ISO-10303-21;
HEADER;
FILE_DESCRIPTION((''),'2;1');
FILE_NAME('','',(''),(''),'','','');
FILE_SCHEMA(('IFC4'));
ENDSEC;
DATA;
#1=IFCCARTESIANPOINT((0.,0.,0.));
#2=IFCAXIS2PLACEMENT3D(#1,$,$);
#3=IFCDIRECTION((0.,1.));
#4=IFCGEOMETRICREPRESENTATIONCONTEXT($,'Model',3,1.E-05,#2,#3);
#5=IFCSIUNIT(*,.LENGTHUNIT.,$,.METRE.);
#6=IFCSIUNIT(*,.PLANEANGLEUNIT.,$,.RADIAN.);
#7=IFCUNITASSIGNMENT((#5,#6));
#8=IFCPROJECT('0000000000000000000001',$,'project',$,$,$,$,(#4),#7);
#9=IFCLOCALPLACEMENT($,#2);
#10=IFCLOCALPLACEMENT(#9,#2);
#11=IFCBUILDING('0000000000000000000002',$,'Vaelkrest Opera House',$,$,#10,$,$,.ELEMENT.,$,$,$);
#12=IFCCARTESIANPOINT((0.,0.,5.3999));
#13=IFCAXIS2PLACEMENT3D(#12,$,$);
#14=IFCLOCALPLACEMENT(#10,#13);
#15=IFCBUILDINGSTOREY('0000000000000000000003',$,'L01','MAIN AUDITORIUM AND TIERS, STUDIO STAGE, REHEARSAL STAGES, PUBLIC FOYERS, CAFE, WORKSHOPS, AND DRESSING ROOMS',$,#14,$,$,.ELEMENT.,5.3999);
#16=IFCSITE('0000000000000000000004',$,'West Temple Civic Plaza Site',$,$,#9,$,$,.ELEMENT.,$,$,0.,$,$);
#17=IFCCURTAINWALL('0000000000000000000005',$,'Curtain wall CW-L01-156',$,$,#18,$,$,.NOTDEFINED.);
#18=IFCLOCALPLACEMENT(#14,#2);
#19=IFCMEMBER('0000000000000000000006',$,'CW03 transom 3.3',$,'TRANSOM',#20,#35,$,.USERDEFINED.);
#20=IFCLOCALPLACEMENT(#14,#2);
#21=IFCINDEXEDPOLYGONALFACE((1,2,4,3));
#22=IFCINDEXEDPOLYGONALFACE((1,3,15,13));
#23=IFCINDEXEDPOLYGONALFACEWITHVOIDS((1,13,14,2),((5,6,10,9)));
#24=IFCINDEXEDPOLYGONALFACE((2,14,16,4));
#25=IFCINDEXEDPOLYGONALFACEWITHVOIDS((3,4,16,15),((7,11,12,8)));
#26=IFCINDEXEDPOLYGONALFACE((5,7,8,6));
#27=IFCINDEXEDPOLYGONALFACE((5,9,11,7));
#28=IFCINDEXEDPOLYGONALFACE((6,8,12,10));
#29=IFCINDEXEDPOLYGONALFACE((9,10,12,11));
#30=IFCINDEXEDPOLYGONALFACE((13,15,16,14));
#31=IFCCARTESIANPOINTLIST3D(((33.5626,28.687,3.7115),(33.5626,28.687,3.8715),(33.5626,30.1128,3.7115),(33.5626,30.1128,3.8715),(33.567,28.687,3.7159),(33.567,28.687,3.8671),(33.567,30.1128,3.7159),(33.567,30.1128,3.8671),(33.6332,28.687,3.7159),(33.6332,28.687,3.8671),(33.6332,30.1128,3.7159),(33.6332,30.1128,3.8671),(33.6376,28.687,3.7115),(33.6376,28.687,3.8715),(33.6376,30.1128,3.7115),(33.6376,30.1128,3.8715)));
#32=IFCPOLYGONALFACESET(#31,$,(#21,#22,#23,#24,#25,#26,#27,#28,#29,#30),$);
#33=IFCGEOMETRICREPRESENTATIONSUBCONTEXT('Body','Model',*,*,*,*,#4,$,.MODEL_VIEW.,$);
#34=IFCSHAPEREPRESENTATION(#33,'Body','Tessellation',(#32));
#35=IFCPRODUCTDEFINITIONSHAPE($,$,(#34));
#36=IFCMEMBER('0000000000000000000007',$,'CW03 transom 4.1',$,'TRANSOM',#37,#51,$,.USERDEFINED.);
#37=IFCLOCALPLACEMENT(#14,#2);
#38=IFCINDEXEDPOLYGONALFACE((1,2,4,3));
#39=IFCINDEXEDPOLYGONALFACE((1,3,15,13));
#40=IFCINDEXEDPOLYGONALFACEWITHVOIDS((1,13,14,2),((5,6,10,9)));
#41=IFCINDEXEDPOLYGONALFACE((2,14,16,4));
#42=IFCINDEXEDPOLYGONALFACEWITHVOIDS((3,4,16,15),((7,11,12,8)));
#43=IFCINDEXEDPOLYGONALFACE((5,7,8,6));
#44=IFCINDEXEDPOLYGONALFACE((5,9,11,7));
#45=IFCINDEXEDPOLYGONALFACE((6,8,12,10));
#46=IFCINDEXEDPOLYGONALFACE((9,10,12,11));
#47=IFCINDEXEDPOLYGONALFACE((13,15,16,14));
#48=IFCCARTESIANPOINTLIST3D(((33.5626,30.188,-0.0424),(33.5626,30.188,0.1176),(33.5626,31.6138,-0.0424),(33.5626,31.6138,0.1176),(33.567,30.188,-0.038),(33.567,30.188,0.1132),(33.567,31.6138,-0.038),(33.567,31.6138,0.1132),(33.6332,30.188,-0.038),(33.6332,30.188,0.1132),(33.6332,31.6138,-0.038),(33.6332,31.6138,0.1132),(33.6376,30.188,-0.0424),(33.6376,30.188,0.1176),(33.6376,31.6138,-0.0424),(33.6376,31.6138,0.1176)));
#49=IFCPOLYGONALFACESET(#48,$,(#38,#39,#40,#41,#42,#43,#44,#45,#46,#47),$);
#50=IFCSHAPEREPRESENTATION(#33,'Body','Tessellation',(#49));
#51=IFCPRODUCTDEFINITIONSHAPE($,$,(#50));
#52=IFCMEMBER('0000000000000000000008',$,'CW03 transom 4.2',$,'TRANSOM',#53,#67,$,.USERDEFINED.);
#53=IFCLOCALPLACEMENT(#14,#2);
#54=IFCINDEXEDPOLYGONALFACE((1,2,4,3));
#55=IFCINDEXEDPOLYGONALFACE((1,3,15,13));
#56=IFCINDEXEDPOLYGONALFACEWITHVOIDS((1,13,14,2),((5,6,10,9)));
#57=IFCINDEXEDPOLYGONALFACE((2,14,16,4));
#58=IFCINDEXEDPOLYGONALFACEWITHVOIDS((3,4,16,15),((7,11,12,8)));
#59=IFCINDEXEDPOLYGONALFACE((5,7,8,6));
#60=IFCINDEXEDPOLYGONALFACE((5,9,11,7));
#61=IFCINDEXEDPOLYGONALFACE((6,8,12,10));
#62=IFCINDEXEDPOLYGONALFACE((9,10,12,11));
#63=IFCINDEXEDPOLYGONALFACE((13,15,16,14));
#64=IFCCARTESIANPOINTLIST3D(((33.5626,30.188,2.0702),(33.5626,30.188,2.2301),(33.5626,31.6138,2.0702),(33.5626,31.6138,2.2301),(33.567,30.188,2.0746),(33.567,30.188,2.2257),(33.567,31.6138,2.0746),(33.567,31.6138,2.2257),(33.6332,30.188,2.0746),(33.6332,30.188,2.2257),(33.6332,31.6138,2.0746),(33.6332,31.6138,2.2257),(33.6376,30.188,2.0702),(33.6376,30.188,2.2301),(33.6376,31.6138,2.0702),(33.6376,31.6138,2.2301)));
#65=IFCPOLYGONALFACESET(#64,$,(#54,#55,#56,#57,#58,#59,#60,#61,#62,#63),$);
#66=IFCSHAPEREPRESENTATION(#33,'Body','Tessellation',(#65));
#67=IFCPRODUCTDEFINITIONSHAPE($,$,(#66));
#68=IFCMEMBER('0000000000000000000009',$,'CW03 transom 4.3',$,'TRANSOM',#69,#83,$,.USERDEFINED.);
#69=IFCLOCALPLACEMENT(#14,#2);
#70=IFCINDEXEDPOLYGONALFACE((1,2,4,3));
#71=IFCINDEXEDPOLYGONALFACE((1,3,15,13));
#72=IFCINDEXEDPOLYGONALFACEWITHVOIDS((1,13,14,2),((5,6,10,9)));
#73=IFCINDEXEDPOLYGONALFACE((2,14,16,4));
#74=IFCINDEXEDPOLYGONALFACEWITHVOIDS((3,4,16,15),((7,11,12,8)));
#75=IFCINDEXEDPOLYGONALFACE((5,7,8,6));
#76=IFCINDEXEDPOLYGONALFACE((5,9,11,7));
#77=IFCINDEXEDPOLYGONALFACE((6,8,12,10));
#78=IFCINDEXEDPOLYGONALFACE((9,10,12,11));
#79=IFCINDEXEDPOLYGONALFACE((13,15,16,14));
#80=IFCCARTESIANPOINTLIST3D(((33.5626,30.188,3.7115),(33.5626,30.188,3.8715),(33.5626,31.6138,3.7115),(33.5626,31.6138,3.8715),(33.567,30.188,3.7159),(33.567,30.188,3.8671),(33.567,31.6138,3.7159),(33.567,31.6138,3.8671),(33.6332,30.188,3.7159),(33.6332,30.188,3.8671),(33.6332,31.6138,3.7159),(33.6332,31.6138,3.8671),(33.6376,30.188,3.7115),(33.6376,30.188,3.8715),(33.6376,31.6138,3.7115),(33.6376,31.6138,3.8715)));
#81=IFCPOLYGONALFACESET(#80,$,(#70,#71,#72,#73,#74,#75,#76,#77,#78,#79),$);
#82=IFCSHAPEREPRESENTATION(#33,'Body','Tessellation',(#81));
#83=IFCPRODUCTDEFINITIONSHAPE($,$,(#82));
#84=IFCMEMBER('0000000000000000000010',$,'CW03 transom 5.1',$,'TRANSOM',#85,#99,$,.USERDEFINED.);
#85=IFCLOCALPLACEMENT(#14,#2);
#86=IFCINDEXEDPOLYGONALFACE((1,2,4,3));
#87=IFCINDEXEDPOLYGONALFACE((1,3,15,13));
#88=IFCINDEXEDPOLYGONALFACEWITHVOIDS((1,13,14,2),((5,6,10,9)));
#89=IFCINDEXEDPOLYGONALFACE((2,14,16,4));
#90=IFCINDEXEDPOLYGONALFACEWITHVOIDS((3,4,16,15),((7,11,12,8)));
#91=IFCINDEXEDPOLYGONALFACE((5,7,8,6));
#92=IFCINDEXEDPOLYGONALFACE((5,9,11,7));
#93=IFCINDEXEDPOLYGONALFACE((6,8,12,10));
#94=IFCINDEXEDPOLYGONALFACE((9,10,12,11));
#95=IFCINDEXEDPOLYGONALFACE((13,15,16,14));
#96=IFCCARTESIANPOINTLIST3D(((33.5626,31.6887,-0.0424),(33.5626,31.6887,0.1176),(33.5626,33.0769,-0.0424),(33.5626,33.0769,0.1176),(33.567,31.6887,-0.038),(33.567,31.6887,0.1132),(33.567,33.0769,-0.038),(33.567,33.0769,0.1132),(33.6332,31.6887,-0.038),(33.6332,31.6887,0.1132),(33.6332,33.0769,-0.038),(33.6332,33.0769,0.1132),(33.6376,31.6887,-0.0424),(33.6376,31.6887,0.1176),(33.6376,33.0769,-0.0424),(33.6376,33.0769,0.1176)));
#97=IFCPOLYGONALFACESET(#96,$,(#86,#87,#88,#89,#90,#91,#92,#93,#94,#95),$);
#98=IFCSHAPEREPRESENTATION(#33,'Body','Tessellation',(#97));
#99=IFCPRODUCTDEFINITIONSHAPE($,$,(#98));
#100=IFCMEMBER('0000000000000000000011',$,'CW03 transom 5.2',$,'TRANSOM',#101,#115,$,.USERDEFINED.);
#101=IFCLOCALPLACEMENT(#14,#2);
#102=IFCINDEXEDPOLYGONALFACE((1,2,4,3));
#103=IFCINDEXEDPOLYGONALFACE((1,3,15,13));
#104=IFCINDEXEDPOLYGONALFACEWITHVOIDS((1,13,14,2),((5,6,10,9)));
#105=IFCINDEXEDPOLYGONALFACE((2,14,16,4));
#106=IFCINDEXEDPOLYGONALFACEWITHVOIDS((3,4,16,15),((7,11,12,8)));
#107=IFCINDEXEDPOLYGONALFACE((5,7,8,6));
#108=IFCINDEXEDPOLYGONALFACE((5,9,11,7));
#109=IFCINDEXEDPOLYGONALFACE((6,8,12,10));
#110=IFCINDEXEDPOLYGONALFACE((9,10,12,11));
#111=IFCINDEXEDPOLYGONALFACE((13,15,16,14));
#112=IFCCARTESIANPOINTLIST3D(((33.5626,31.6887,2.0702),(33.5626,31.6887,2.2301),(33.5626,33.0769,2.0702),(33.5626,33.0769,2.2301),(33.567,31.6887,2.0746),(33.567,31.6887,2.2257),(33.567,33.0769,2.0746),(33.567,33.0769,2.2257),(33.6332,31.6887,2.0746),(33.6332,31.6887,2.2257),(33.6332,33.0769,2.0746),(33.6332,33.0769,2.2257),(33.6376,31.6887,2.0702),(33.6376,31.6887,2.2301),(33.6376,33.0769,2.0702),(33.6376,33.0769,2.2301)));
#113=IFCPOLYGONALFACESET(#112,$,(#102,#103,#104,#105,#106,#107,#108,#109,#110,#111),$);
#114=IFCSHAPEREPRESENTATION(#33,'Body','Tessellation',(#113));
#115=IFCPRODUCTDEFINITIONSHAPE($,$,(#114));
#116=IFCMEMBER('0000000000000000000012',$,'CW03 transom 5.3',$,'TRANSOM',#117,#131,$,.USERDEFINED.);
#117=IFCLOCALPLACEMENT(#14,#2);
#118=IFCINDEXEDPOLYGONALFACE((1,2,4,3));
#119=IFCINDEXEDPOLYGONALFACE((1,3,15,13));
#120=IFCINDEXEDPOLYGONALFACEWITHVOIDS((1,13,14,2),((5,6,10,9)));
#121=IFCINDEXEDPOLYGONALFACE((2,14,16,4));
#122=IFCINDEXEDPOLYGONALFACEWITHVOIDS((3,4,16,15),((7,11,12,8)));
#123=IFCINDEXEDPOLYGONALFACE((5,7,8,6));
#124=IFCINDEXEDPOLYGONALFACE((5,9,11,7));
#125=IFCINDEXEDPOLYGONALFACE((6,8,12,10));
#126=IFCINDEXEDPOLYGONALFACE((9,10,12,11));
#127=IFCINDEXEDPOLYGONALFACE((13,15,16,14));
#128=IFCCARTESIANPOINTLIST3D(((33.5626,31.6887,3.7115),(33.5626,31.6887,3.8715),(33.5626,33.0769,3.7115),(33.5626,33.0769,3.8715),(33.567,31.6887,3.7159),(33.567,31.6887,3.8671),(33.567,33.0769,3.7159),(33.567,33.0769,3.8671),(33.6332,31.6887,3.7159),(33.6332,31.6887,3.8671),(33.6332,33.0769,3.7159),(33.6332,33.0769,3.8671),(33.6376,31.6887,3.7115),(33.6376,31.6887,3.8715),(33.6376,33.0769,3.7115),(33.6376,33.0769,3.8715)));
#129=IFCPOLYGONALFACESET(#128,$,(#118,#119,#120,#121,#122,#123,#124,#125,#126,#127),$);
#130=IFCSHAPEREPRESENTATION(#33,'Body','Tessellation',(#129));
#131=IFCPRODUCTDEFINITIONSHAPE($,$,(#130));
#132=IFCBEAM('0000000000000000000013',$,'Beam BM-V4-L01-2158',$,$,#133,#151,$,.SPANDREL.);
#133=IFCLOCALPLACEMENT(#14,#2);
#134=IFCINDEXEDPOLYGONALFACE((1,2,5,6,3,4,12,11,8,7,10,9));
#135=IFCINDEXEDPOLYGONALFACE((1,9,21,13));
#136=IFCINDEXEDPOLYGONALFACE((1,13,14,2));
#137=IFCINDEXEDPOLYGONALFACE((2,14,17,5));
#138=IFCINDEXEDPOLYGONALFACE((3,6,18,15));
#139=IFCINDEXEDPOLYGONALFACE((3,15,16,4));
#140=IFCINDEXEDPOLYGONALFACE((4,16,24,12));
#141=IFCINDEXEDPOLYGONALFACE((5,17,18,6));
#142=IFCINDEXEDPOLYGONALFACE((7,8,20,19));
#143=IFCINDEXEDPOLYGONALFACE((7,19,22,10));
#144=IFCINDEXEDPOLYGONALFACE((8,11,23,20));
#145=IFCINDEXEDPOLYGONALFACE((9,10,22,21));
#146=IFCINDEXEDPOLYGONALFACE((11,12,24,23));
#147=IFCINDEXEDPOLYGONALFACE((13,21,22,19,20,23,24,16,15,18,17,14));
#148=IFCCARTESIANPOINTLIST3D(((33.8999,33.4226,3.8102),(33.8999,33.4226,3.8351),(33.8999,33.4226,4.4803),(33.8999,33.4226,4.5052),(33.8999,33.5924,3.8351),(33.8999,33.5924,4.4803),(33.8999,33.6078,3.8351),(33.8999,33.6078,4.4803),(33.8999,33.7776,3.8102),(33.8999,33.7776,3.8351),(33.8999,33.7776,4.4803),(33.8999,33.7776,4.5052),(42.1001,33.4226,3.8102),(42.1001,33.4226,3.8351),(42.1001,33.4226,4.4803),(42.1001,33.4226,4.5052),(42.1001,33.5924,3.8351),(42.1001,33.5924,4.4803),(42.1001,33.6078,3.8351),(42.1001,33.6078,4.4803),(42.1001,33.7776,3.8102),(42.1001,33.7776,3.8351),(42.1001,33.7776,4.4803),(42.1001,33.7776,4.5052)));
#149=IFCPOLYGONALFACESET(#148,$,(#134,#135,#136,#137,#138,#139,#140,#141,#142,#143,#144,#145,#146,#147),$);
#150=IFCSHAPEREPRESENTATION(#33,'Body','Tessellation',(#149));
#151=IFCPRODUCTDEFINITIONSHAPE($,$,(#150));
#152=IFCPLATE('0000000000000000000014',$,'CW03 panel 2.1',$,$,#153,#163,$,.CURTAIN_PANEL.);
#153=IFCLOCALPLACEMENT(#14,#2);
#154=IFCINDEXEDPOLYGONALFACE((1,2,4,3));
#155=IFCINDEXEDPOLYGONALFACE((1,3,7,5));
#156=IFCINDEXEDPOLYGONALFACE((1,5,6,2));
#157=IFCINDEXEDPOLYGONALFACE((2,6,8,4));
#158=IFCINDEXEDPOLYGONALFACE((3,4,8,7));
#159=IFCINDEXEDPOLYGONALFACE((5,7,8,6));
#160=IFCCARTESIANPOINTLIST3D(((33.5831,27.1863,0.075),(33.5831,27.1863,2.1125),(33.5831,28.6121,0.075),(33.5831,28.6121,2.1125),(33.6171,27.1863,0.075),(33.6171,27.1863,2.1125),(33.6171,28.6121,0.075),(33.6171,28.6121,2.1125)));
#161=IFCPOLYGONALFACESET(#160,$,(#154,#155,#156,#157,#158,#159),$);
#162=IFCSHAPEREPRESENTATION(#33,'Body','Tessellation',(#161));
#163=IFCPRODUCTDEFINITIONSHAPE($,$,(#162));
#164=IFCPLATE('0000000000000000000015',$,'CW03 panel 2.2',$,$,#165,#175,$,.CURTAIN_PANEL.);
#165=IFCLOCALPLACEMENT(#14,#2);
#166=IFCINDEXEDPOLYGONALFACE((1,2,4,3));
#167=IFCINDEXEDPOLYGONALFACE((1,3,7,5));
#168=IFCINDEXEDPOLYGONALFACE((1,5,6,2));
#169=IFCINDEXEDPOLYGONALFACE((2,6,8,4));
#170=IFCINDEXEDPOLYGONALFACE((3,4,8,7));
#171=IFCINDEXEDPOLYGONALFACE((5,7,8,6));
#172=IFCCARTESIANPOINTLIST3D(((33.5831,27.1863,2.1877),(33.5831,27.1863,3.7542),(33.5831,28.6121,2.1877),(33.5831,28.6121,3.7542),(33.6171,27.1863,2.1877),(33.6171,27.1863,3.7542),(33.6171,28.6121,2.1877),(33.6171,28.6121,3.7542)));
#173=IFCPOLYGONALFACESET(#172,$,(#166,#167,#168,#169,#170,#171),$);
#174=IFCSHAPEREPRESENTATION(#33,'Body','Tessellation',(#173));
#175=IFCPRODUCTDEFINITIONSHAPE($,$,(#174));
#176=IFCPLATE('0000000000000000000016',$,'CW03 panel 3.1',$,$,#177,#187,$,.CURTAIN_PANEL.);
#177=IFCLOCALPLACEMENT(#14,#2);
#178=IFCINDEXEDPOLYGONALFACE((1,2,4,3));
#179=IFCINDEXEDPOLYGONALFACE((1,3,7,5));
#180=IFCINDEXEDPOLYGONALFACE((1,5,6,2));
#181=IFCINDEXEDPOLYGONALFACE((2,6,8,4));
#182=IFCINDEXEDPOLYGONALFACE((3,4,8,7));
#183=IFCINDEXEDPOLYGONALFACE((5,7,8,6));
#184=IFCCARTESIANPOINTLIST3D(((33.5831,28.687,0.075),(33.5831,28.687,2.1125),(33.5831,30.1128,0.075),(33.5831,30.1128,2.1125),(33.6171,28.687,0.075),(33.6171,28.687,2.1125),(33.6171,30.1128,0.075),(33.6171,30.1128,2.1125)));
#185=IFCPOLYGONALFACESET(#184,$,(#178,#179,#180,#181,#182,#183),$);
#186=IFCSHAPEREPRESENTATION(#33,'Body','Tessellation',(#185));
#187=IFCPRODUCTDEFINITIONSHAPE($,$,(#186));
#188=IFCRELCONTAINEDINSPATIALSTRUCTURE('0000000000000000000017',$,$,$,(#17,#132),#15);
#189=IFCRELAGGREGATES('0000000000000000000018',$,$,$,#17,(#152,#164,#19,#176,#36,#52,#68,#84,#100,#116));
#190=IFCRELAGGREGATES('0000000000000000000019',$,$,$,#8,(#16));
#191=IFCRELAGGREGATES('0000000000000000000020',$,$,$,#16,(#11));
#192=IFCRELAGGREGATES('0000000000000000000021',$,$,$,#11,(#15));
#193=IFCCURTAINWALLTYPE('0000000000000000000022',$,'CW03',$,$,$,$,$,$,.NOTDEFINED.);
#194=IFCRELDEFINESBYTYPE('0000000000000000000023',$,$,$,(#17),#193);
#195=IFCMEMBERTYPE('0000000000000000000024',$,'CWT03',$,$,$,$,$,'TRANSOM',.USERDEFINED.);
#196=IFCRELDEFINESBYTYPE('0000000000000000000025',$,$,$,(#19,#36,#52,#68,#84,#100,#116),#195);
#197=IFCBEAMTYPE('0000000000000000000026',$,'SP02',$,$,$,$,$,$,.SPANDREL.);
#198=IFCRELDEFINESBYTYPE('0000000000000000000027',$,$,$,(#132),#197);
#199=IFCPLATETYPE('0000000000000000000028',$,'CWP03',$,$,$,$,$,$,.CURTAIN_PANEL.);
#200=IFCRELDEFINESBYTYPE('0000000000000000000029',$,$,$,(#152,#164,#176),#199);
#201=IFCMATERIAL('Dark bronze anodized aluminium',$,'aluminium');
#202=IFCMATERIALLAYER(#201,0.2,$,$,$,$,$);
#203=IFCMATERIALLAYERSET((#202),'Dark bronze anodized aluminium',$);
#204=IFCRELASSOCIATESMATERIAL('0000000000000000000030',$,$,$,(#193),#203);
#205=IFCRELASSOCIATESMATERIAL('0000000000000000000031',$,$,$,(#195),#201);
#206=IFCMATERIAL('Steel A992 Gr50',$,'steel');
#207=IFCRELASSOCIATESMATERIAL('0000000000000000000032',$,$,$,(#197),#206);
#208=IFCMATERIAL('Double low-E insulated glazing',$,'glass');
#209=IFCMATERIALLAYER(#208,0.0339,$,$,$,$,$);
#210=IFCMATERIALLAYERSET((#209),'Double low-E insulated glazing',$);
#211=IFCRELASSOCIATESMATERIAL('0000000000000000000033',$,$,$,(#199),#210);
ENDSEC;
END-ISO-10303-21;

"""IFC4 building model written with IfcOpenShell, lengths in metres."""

from ifc_helpers import new_model, si_unit, direction, frame, origin, origin_2d, place, context, subcontext, project, spatial, rectangle, hollow_rectangle, i_section, extrude, material, layer, layer_set, material_profile, profile_set, type_object, element, aggregate, save


model = new_model("IFC4")

# Units and contexts
model_context = context("Model", 3, precision=1e-05, world=origin(), true_north=direction((0.0, 1.0)))
body_context = subcontext(model_context, "Body", "Model", "MODEL_VIEW")
ifc_project = project(units=[si_unit("LENGTHUNIT", "METRE"), si_unit("PLANEANGLEUNIT", "RADIAN")], contexts=[model_context])

# Site, building, storey
site_placement = place(None, origin())
site = spatial("IfcSite", under=ifc_project, at=site_placement, Name="West Temple Civic Plaza Site", CompositionType="ELEMENT", RefElevation=0.0)
building_placement = place(site_placement, origin())
building = spatial("IfcBuilding", under=site, at=building_placement, Name="Vaelkrest Opera House", CompositionType="ELEMENT")
storey_placement = place(building_placement, frame((0.0, 0.0, 5.3999)))
storey = spatial("IfcBuildingStorey", under=building, at=storey_placement, Name="L01", Description="MAIN AUDITORIUM AND TIERS, STUDIO STAGE, REHEARSAL STAGES, PUBLIC FOYERS, CAFE, WORKSHOPS, AND DRESSING ROOMS", CompositionType="ELEMENT", Elevation=5.3999)

# Curtain wall, members
ifc_material_1 = material(Name="Dark bronze anodized aluminium", Category="aluminium")
ifc_layer_1 = layer(ifc_material_1, 0.2)
ifc_layer_set_1 = layer_set([ifc_layer_1], Name="Dark bronze anodized aluminium")
curtain_wall_type = type_object("IfcCurtainWallType", Name="CW03", PredefinedType="NOTDEFINED", material=ifc_layer_set_1)
curtain_wall_placement = place(storey_placement, origin())
curtain_wall = element("IfcCurtainWall", 1, at=curtain_wall_placement, inside=storey, type_object=curtain_wall_type, Name="Curtain wall CW-L01-156", PredefinedType="NOTDEFINED")
ifc_material_profile_1 = material_profile(ifc_material_1, hollow_rectangle(XDim=0.075, YDim=0.1599, WallThickness=0.0044, at=origin_2d()), Name="CWT75X160")
ifc_profile_set_1 = profile_set([ifc_material_profile_1], Name="Dark bronze anodized aluminium")
member_type_1 = type_object("IfcMemberType", Name="CWT03", ElementType="TRANSOM", PredefinedType="USERDEFINED", material=ifc_profile_set_1)
member_1_placement = place(storey_placement, frame((33.6001, 28.687, 3.7915), z_axis=(0.0, 1.0, 0.0), x_axis=(-1.0, 0.0, 0.0)))
member_1 = element("IfcMember", 2, at=member_1_placement, type_object=member_type_1, Name="CW03 transom 3.3", ObjectType="TRANSOM", PredefinedType="USERDEFINED", context=body_context, shape_type="SweptSolid", body=[
    extrude(hollow_rectangle(XDim=0.075, YDim=0.1599, WallThickness=0.0044, at=origin_2d()), origin(), (0.0, 0.0, 1.0), 1.4258),
])
member_2_placement = place(storey_placement, frame((33.6001, 30.188, 0.0376), z_axis=(0.0, 1.0, 0.0), x_axis=(-1.0, 0.0, 0.0)))
member_2 = element("IfcMember", 3, at=member_2_placement, type_object=member_type_1, Name="CW03 transom 4.1", ObjectType="TRANSOM", PredefinedType="USERDEFINED", context=body_context, shape_type="SweptSolid", body=[
    extrude(hollow_rectangle(XDim=0.075, YDim=0.1599, WallThickness=0.0044, at=origin_2d()), origin(), (0.0, 0.0, 1.0), 1.4258),
])
member_3_placement = place(storey_placement, frame((33.6001, 30.188, 2.1501), z_axis=(0.0, 1.0, 0.0), x_axis=(-1.0, 0.0, 0.0)))
member_3 = element("IfcMember", 4, at=member_3_placement, type_object=member_type_1, Name="CW03 transom 4.2", ObjectType="TRANSOM", PredefinedType="USERDEFINED", context=body_context, shape_type="SweptSolid", body=[
    extrude(hollow_rectangle(XDim=0.075, YDim=0.1599, WallThickness=0.0044, at=origin_2d()), origin(), (0.0, 0.0, 1.0), 1.4258),
])
member_4_placement = place(storey_placement, frame((33.6001, 30.188, 3.7915), z_axis=(0.0, 1.0, 0.0), x_axis=(-1.0, 0.0, 0.0)))
member_4 = element("IfcMember", 5, at=member_4_placement, type_object=member_type_1, Name="CW03 transom 4.3", ObjectType="TRANSOM", PredefinedType="USERDEFINED", context=body_context, shape_type="SweptSolid", body=[
    extrude(hollow_rectangle(XDim=0.075, YDim=0.1599, WallThickness=0.0044, at=origin_2d()), origin(), (0.0, 0.0, 1.0), 1.4258),
])
member_5_placement = place(storey_placement, frame((33.6001, 31.6887, 0.0376), z_axis=(0.0, 1.0, 0.0), x_axis=(-1.0, 0.0, 0.0)))
member_5 = element("IfcMember", 6, at=member_5_placement, type_object=member_type_1, Name="CW03 transom 5.1", ObjectType="TRANSOM", PredefinedType="USERDEFINED", context=body_context, shape_type="SweptSolid", body=[
    extrude(hollow_rectangle(XDim=0.075, YDim=0.1599, WallThickness=0.0044, at=origin_2d()), origin(), (0.0, 0.0, 1.0), 1.3882),
])
member_6_placement = place(storey_placement, frame((33.6001, 31.6887, 2.1501), z_axis=(0.0, 1.0, 0.0), x_axis=(-1.0, 0.0, 0.0)))
member_6 = element("IfcMember", 7, at=member_6_placement, type_object=member_type_1, Name="CW03 transom 5.2", ObjectType="TRANSOM", PredefinedType="USERDEFINED", context=body_context, shape_type="SweptSolid", body=[
    extrude(hollow_rectangle(XDim=0.075, YDim=0.1599, WallThickness=0.0044, at=origin_2d()), origin(), (0.0, 0.0, 1.0), 1.3882),
])
member_7_placement = place(storey_placement, frame((33.6001, 31.6887, 3.7915), z_axis=(0.0, 1.0, 0.0), x_axis=(-1.0, 0.0, 0.0)))
member_7 = element("IfcMember", 8, at=member_7_placement, type_object=member_type_1, Name="CW03 transom 5.3", ObjectType="TRANSOM", PredefinedType="USERDEFINED", context=body_context, shape_type="SweptSolid", body=[
    extrude(hollow_rectangle(XDim=0.075, YDim=0.1599, WallThickness=0.0044, at=origin_2d()), origin(), (0.0, 0.0, 1.0), 1.3882),
])

# Beam
ifc_material_2 = material(Name="Steel A992 Gr50", Category="steel")
ifc_material_profile_2 = material_profile(ifc_material_2, i_section(OverallWidth=0.355, OverallDepth=0.6951, WebThickness=0.0154, FlangeThickness=0.0249, at=origin_2d()), Name="W27X146")
ifc_profile_set_2 = profile_set([ifc_material_profile_2], Name="Steel A992 Gr50")
beam_type = type_object("IfcBeamType", Name="SP02", PredefinedType="SPANDREL", material=ifc_profile_set_2)
beam_placement = place(storey_placement, frame((33.8999, 33.6001, 4.1577), z_axis=(1.0, 0.0, 0.0), x_axis=(0.0, 1.0, 0.0)))
element("IfcBeam", 9, at=beam_placement, inside=storey, type_object=beam_type, Name="Beam BM-V4-L01-2158", PredefinedType="SPANDREL", context=body_context, shape_type="SweptSolid", body=[
    extrude(i_section(OverallWidth=0.355, OverallDepth=0.6951, WebThickness=0.0154, FlangeThickness=0.0249, at=origin_2d()), origin(), (0.0, 0.0, 1.0), 8.2002),
])

# Plates
ifc_material_3 = material(Name="Double low-E insulated glazing", Category="glass")
ifc_layer_2 = layer(ifc_material_3, 0.0339)
ifc_layer_set_2 = layer_set([ifc_layer_2], Name="Double low-E insulated glazing")
plate_type = type_object("IfcPlateType", Name="CWP03", PredefinedType="CURTAIN_PANEL", material=ifc_layer_set_2)
plate_1_placement = place(storey_placement, frame((33.6001, 27.8992, 0.075), z_axis=(0.0, 0.0, 1.0), x_axis=(0.0, 1.0, 0.0)))
plate_1 = element("IfcPlate", 10, at=plate_1_placement, type_object=plate_type, Name="CW03 panel 2.1", PredefinedType="CURTAIN_PANEL", context=body_context, shape_type="SweptSolid", body=[
    extrude(rectangle(XDim=1.4258, YDim=0.0339, at=origin_2d()), origin(), (0.0, 0.0, 1.0), 2.0376),
])
plate_2_placement = place(storey_placement, frame((33.6001, 27.8992, 2.1877), z_axis=(0.0, 0.0, 1.0), x_axis=(0.0, 1.0, 0.0)))
plate_2 = element("IfcPlate", 11, at=plate_2_placement, type_object=plate_type, Name="CW03 panel 2.2", PredefinedType="CURTAIN_PANEL", context=body_context, shape_type="SweptSolid", body=[
    extrude(rectangle(XDim=1.4258, YDim=0.0339, at=origin_2d()), origin(), (0.0, 0.0, 1.0), 1.5664),
])
plate_3_placement = place(storey_placement, frame((33.6001, 29.3999, 0.075), z_axis=(0.0, 0.0, 1.0), x_axis=(0.0, 1.0, 0.0)))
plate_3 = element("IfcPlate", 12, at=plate_3_placement, type_object=plate_type, Name="CW03 panel 3.1", PredefinedType="CURTAIN_PANEL", context=body_context, shape_type="SweptSolid", body=[
    extrude(rectangle(XDim=1.4258, YDim=0.0339, at=origin_2d()), origin(), (0.0, 0.0, 1.0), 2.0376),
])
aggregate(curtain_wall, [plate_1, plate_2, member_1, plate_3, member_2, member_3, member_4, member_5, member_6, member_7])

save(model, "model.ifc")
